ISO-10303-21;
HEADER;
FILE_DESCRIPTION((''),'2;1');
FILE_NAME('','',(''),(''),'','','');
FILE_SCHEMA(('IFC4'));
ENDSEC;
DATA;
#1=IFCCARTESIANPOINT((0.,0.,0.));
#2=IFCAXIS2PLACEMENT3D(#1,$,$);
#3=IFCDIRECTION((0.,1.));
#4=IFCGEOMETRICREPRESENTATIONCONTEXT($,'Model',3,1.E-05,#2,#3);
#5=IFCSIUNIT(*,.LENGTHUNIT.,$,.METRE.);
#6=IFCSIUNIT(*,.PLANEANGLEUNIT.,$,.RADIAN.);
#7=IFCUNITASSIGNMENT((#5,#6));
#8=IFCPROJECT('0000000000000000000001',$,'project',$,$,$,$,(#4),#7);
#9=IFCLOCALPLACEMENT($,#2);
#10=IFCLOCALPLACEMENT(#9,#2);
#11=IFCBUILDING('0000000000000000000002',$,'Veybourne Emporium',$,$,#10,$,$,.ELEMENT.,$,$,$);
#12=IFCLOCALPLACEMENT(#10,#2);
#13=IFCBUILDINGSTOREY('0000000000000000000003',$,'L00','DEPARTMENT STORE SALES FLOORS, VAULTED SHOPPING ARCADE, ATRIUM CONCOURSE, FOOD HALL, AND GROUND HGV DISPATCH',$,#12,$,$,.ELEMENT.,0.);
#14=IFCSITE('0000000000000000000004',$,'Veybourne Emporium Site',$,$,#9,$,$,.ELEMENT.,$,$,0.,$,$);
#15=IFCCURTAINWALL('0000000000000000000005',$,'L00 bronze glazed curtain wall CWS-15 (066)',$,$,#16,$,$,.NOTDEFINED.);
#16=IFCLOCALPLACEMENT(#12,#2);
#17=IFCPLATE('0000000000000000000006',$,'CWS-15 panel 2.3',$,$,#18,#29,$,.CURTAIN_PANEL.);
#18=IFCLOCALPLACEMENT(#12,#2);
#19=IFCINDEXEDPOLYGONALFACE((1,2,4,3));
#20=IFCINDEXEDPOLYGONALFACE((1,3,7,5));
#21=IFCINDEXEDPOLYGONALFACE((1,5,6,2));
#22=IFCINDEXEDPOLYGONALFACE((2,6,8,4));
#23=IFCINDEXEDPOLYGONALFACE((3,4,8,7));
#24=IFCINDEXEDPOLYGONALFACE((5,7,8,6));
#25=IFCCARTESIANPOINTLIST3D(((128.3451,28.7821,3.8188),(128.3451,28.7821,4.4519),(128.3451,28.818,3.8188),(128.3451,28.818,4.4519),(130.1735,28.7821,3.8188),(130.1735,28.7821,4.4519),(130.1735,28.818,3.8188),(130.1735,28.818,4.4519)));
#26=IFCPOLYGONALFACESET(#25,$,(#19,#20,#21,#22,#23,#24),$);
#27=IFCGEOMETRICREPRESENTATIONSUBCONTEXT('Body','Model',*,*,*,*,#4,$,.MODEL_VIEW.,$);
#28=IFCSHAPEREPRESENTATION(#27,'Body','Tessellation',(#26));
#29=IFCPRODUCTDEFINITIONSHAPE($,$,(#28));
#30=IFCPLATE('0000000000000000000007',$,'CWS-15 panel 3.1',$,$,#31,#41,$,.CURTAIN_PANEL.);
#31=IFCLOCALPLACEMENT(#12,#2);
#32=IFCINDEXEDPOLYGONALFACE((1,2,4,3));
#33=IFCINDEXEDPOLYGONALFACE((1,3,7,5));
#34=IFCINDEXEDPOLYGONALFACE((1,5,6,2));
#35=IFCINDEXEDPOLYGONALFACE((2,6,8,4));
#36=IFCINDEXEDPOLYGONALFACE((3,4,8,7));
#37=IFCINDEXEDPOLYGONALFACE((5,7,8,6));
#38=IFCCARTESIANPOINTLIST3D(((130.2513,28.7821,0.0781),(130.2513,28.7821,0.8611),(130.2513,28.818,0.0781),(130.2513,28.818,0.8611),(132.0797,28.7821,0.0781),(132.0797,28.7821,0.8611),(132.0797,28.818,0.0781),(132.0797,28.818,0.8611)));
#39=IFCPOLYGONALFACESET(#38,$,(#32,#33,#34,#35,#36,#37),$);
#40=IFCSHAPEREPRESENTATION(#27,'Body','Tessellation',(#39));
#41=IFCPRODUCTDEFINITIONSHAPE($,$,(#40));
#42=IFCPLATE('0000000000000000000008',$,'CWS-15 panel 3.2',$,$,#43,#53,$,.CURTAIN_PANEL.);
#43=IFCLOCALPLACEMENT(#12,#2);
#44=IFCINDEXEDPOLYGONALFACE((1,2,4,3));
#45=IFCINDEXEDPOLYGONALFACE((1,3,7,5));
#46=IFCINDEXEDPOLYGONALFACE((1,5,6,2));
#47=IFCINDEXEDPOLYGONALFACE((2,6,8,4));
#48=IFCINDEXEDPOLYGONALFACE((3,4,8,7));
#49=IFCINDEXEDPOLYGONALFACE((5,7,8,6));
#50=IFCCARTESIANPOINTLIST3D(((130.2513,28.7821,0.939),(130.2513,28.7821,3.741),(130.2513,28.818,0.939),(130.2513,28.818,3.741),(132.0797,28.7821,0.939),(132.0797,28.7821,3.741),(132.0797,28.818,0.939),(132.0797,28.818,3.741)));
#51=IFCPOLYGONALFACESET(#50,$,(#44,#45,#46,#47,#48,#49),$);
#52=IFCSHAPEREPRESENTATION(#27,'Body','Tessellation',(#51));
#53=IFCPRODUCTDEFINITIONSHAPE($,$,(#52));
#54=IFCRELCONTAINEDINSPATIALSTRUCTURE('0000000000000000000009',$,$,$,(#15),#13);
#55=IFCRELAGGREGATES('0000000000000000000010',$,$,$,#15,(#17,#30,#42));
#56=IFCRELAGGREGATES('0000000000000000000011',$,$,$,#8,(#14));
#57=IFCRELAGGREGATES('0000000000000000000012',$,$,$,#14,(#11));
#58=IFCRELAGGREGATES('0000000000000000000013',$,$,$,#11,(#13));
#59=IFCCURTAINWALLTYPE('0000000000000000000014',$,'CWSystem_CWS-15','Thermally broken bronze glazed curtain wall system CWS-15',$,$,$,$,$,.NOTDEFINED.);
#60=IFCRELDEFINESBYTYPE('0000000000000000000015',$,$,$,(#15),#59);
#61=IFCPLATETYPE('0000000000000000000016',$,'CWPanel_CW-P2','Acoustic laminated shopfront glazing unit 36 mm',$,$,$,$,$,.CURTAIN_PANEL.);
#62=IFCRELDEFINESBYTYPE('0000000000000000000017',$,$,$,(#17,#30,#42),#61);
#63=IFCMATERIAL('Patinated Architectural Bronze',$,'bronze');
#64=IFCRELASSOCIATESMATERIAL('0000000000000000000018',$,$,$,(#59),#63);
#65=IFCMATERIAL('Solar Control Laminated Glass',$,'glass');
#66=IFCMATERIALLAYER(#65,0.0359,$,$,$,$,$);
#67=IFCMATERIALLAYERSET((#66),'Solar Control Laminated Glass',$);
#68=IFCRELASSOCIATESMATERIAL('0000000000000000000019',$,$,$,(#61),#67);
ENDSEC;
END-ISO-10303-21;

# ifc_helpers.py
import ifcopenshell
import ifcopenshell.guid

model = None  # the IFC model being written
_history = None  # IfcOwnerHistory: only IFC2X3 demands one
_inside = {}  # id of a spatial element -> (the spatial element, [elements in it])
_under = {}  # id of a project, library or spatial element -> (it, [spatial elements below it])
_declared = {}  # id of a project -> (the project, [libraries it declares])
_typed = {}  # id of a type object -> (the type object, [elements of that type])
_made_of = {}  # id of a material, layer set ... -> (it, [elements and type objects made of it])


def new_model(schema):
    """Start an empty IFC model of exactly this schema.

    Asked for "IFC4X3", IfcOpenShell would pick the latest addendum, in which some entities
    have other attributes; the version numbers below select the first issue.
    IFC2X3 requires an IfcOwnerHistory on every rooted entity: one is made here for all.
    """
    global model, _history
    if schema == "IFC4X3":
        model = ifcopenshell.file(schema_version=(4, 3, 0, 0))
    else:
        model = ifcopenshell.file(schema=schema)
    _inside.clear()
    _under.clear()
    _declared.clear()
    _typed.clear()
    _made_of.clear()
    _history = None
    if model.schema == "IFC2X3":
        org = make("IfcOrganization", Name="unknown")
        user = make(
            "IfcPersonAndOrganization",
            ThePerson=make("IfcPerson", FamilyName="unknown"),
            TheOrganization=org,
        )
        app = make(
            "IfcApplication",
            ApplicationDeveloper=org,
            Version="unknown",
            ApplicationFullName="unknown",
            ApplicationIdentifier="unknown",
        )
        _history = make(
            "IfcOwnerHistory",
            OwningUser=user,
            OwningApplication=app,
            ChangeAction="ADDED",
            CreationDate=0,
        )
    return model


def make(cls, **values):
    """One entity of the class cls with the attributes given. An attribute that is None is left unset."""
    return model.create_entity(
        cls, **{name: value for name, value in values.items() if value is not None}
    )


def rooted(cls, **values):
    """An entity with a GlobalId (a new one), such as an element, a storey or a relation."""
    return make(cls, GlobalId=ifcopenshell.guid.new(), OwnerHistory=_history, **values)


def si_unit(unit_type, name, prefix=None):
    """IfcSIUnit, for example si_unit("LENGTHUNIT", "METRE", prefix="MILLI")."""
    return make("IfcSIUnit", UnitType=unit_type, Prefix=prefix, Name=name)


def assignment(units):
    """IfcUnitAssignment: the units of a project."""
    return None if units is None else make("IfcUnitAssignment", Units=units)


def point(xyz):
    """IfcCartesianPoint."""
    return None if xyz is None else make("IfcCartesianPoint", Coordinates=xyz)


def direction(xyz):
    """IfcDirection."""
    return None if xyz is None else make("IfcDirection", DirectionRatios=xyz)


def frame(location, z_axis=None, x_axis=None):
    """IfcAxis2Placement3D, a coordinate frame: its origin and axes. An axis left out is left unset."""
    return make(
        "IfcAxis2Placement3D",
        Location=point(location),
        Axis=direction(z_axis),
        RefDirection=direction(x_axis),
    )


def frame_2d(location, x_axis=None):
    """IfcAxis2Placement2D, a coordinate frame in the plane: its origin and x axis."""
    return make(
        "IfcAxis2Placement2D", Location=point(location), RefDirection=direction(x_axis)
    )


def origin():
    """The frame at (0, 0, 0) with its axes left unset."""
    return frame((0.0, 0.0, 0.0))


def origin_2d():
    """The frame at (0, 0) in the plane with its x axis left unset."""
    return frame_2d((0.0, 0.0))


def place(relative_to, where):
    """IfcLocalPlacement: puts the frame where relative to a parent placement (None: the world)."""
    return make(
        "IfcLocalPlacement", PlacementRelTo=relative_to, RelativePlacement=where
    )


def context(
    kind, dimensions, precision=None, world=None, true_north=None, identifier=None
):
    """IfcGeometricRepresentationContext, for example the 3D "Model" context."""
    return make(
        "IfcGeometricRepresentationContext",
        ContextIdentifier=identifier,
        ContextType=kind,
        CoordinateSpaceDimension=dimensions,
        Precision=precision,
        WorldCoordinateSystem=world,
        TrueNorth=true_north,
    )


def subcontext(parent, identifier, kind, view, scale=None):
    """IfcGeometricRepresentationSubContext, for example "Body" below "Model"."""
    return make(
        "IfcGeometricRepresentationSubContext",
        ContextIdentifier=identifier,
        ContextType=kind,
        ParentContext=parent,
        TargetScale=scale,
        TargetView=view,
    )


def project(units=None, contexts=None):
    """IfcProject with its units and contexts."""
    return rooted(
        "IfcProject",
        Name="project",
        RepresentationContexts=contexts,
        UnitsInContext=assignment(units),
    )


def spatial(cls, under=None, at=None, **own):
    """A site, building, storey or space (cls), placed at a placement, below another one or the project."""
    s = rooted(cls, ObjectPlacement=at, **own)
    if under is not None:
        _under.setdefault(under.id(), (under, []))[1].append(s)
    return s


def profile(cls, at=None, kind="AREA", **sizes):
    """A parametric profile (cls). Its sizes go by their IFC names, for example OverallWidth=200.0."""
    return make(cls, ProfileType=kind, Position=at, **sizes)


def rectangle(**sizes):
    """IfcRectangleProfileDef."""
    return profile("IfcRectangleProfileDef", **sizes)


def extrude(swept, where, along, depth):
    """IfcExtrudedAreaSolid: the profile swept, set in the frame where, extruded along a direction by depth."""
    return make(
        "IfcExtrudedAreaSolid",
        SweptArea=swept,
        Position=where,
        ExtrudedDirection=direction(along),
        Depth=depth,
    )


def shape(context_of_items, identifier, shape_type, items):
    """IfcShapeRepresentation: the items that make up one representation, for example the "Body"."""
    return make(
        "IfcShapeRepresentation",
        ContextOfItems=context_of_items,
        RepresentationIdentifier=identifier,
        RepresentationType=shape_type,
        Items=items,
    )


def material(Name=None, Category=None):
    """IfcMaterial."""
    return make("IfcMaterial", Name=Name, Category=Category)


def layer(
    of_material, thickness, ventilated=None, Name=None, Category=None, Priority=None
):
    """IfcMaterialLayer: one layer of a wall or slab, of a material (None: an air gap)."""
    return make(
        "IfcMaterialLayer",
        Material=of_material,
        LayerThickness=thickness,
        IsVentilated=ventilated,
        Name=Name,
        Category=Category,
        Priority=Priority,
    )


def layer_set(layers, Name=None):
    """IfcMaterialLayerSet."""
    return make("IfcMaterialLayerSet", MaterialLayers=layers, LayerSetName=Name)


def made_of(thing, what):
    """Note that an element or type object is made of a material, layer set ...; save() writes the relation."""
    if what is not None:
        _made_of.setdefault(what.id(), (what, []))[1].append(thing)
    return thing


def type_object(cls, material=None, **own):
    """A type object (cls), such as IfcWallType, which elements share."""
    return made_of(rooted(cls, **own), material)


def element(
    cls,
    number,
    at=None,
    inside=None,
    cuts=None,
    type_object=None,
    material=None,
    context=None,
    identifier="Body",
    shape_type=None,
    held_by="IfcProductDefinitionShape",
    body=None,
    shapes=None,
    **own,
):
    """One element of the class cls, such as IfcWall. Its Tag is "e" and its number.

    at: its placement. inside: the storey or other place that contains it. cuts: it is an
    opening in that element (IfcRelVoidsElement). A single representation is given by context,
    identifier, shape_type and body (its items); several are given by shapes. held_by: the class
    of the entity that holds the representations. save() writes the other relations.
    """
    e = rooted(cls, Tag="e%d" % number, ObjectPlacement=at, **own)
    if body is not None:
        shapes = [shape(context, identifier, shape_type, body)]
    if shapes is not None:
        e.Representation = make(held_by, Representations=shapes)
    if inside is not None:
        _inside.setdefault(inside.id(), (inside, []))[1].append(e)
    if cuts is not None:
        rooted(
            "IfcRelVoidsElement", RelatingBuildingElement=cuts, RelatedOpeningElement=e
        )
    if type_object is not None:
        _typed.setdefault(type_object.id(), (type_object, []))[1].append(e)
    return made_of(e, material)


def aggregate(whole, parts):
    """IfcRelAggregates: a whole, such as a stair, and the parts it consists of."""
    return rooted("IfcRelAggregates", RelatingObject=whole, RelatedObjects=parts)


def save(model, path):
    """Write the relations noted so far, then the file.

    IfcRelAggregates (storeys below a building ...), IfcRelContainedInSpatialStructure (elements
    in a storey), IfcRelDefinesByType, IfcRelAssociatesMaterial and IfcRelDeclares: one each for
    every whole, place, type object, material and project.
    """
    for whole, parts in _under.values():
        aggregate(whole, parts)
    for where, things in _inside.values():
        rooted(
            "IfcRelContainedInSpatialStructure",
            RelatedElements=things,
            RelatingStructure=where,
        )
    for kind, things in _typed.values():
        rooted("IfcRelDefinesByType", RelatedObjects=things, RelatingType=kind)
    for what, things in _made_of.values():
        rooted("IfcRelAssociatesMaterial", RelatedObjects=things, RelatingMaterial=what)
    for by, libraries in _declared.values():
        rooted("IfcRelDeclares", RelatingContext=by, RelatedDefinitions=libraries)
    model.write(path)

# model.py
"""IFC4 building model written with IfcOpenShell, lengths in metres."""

from ifc_helpers import new_model, si_unit, direction, frame, origin, origin_2d, place, context, subcontext, project, spatial, rectangle, extrude, material, layer, layer_set, type_object, element, aggregate, save


model = new_model("IFC4")

# Units and contexts
model_context = context("Model", 3, precision=1e-05, world=origin(), true_north=direction((0.0, 1.0)))
body_context = subcontext(model_context, "Body", "Model", "MODEL_VIEW")
ifc_project = project(units=[si_unit("LENGTHUNIT", "METRE"), si_unit("PLANEANGLEUNIT", "RADIAN")], contexts=[model_context])

# Site, building, storey
site_placement = place(None, origin())
site = spatial("IfcSite", under=ifc_project, at=site_placement, Name="Veybourne Emporium Site", CompositionType="ELEMENT", RefElevation=0.0)
building_placement = place(site_placement, origin())
building = spatial("IfcBuilding", under=site, at=building_placement, Name="Veybourne Emporium", CompositionType="ELEMENT")
storey_placement = place(building_placement, origin())
storey = spatial("IfcBuildingStorey", under=building, at=storey_placement, Name="L00", Description="DEPARTMENT STORE SALES FLOORS, VAULTED SHOPPING ARCADE, ATRIUM CONCOURSE, FOOD HALL, AND GROUND HGV DISPATCH", CompositionType="ELEMENT", Elevation=0.0)

# Curtain wall, plates
ifc_material_1 = material(Name="Patinated Architectural Bronze", Category="bronze")
curtain_wall_type = type_object("IfcCurtainWallType", Name="CWSystem_CWS-15", Description="Thermally broken bronze glazed curtain wall system CWS-15", PredefinedType="NOTDEFINED", material=ifc_material_1)
curtain_wall_placement = place(storey_placement, origin())
curtain_wall = element("IfcCurtainWall", 1, at=curtain_wall_placement, inside=storey, type_object=curtain_wall_type, Name="L00 bronze glazed curtain wall CWS-15 (066)", PredefinedType="NOTDEFINED")
ifc_material_2 = material(Name="Solar Control Laminated Glass", Category="glass")
ifc_layer = layer(ifc_material_2, 0.0359)
ifc_layer_set = layer_set([ifc_layer], Name="Solar Control Laminated Glass")
plate_type = type_object("IfcPlateType", Name="CWPanel_CW-P2", Description="Acoustic laminated shopfront glazing unit 36 mm", PredefinedType="CURTAIN_PANEL", material=ifc_layer_set)
plate_1_placement = place(storey_placement, frame((129.2593, 28.8, 3.8188), z_axis=(0.0, 0.0, 1.0), x_axis=(1.0, 0.0, 0.0)))
plate_1 = element("IfcPlate", 2, at=plate_1_placement, type_object=plate_type, Name="CWS-15 panel 2.3", PredefinedType="CURTAIN_PANEL", context=body_context, shape_type="SweptSolid", body=[
    extrude(rectangle(XDim=1.8284, YDim=0.0359, at=origin_2d()), origin(), (0.0, 0.0, 1.0), 0.6331),
])
plate_2_placement = place(storey_placement, frame((131.1655, 28.8, 0.0781), z_axis=(0.0, 0.0, 1.0), x_axis=(1.0, 0.0, 0.0)))
plate_2 = element("IfcPlate", 3, at=plate_2_placement, type_object=plate_type, Name="CWS-15 panel 3.1", PredefinedType="CURTAIN_PANEL", context=body_context, shape_type="SweptSolid", body=[
    extrude(rectangle(XDim=1.8284, YDim=0.0359, at=origin_2d()), origin(), (0.0, 0.0, 1.0), 0.783),
])
plate_3_placement = place(storey_placement, frame((131.1655, 28.8, 0.939), z_axis=(0.0, 0.0, 1.0), x_axis=(1.0, 0.0, 0.0)))
plate_3 = element("IfcPlate", 4, at=plate_3_placement, type_object=plate_type, Name="CWS-15 panel 3.2", PredefinedType="CURTAIN_PANEL", context=body_context, shape_type="SweptSolid", body=[
    extrude(rectangle(XDim=1.8284, YDim=0.0359, at=origin_2d()), origin(), (0.0, 0.0, 1.0), 2.802),
])
aggregate(curtain_wall, [plate_1, plate_2, plate_3])

save(model, "model.ifc")
